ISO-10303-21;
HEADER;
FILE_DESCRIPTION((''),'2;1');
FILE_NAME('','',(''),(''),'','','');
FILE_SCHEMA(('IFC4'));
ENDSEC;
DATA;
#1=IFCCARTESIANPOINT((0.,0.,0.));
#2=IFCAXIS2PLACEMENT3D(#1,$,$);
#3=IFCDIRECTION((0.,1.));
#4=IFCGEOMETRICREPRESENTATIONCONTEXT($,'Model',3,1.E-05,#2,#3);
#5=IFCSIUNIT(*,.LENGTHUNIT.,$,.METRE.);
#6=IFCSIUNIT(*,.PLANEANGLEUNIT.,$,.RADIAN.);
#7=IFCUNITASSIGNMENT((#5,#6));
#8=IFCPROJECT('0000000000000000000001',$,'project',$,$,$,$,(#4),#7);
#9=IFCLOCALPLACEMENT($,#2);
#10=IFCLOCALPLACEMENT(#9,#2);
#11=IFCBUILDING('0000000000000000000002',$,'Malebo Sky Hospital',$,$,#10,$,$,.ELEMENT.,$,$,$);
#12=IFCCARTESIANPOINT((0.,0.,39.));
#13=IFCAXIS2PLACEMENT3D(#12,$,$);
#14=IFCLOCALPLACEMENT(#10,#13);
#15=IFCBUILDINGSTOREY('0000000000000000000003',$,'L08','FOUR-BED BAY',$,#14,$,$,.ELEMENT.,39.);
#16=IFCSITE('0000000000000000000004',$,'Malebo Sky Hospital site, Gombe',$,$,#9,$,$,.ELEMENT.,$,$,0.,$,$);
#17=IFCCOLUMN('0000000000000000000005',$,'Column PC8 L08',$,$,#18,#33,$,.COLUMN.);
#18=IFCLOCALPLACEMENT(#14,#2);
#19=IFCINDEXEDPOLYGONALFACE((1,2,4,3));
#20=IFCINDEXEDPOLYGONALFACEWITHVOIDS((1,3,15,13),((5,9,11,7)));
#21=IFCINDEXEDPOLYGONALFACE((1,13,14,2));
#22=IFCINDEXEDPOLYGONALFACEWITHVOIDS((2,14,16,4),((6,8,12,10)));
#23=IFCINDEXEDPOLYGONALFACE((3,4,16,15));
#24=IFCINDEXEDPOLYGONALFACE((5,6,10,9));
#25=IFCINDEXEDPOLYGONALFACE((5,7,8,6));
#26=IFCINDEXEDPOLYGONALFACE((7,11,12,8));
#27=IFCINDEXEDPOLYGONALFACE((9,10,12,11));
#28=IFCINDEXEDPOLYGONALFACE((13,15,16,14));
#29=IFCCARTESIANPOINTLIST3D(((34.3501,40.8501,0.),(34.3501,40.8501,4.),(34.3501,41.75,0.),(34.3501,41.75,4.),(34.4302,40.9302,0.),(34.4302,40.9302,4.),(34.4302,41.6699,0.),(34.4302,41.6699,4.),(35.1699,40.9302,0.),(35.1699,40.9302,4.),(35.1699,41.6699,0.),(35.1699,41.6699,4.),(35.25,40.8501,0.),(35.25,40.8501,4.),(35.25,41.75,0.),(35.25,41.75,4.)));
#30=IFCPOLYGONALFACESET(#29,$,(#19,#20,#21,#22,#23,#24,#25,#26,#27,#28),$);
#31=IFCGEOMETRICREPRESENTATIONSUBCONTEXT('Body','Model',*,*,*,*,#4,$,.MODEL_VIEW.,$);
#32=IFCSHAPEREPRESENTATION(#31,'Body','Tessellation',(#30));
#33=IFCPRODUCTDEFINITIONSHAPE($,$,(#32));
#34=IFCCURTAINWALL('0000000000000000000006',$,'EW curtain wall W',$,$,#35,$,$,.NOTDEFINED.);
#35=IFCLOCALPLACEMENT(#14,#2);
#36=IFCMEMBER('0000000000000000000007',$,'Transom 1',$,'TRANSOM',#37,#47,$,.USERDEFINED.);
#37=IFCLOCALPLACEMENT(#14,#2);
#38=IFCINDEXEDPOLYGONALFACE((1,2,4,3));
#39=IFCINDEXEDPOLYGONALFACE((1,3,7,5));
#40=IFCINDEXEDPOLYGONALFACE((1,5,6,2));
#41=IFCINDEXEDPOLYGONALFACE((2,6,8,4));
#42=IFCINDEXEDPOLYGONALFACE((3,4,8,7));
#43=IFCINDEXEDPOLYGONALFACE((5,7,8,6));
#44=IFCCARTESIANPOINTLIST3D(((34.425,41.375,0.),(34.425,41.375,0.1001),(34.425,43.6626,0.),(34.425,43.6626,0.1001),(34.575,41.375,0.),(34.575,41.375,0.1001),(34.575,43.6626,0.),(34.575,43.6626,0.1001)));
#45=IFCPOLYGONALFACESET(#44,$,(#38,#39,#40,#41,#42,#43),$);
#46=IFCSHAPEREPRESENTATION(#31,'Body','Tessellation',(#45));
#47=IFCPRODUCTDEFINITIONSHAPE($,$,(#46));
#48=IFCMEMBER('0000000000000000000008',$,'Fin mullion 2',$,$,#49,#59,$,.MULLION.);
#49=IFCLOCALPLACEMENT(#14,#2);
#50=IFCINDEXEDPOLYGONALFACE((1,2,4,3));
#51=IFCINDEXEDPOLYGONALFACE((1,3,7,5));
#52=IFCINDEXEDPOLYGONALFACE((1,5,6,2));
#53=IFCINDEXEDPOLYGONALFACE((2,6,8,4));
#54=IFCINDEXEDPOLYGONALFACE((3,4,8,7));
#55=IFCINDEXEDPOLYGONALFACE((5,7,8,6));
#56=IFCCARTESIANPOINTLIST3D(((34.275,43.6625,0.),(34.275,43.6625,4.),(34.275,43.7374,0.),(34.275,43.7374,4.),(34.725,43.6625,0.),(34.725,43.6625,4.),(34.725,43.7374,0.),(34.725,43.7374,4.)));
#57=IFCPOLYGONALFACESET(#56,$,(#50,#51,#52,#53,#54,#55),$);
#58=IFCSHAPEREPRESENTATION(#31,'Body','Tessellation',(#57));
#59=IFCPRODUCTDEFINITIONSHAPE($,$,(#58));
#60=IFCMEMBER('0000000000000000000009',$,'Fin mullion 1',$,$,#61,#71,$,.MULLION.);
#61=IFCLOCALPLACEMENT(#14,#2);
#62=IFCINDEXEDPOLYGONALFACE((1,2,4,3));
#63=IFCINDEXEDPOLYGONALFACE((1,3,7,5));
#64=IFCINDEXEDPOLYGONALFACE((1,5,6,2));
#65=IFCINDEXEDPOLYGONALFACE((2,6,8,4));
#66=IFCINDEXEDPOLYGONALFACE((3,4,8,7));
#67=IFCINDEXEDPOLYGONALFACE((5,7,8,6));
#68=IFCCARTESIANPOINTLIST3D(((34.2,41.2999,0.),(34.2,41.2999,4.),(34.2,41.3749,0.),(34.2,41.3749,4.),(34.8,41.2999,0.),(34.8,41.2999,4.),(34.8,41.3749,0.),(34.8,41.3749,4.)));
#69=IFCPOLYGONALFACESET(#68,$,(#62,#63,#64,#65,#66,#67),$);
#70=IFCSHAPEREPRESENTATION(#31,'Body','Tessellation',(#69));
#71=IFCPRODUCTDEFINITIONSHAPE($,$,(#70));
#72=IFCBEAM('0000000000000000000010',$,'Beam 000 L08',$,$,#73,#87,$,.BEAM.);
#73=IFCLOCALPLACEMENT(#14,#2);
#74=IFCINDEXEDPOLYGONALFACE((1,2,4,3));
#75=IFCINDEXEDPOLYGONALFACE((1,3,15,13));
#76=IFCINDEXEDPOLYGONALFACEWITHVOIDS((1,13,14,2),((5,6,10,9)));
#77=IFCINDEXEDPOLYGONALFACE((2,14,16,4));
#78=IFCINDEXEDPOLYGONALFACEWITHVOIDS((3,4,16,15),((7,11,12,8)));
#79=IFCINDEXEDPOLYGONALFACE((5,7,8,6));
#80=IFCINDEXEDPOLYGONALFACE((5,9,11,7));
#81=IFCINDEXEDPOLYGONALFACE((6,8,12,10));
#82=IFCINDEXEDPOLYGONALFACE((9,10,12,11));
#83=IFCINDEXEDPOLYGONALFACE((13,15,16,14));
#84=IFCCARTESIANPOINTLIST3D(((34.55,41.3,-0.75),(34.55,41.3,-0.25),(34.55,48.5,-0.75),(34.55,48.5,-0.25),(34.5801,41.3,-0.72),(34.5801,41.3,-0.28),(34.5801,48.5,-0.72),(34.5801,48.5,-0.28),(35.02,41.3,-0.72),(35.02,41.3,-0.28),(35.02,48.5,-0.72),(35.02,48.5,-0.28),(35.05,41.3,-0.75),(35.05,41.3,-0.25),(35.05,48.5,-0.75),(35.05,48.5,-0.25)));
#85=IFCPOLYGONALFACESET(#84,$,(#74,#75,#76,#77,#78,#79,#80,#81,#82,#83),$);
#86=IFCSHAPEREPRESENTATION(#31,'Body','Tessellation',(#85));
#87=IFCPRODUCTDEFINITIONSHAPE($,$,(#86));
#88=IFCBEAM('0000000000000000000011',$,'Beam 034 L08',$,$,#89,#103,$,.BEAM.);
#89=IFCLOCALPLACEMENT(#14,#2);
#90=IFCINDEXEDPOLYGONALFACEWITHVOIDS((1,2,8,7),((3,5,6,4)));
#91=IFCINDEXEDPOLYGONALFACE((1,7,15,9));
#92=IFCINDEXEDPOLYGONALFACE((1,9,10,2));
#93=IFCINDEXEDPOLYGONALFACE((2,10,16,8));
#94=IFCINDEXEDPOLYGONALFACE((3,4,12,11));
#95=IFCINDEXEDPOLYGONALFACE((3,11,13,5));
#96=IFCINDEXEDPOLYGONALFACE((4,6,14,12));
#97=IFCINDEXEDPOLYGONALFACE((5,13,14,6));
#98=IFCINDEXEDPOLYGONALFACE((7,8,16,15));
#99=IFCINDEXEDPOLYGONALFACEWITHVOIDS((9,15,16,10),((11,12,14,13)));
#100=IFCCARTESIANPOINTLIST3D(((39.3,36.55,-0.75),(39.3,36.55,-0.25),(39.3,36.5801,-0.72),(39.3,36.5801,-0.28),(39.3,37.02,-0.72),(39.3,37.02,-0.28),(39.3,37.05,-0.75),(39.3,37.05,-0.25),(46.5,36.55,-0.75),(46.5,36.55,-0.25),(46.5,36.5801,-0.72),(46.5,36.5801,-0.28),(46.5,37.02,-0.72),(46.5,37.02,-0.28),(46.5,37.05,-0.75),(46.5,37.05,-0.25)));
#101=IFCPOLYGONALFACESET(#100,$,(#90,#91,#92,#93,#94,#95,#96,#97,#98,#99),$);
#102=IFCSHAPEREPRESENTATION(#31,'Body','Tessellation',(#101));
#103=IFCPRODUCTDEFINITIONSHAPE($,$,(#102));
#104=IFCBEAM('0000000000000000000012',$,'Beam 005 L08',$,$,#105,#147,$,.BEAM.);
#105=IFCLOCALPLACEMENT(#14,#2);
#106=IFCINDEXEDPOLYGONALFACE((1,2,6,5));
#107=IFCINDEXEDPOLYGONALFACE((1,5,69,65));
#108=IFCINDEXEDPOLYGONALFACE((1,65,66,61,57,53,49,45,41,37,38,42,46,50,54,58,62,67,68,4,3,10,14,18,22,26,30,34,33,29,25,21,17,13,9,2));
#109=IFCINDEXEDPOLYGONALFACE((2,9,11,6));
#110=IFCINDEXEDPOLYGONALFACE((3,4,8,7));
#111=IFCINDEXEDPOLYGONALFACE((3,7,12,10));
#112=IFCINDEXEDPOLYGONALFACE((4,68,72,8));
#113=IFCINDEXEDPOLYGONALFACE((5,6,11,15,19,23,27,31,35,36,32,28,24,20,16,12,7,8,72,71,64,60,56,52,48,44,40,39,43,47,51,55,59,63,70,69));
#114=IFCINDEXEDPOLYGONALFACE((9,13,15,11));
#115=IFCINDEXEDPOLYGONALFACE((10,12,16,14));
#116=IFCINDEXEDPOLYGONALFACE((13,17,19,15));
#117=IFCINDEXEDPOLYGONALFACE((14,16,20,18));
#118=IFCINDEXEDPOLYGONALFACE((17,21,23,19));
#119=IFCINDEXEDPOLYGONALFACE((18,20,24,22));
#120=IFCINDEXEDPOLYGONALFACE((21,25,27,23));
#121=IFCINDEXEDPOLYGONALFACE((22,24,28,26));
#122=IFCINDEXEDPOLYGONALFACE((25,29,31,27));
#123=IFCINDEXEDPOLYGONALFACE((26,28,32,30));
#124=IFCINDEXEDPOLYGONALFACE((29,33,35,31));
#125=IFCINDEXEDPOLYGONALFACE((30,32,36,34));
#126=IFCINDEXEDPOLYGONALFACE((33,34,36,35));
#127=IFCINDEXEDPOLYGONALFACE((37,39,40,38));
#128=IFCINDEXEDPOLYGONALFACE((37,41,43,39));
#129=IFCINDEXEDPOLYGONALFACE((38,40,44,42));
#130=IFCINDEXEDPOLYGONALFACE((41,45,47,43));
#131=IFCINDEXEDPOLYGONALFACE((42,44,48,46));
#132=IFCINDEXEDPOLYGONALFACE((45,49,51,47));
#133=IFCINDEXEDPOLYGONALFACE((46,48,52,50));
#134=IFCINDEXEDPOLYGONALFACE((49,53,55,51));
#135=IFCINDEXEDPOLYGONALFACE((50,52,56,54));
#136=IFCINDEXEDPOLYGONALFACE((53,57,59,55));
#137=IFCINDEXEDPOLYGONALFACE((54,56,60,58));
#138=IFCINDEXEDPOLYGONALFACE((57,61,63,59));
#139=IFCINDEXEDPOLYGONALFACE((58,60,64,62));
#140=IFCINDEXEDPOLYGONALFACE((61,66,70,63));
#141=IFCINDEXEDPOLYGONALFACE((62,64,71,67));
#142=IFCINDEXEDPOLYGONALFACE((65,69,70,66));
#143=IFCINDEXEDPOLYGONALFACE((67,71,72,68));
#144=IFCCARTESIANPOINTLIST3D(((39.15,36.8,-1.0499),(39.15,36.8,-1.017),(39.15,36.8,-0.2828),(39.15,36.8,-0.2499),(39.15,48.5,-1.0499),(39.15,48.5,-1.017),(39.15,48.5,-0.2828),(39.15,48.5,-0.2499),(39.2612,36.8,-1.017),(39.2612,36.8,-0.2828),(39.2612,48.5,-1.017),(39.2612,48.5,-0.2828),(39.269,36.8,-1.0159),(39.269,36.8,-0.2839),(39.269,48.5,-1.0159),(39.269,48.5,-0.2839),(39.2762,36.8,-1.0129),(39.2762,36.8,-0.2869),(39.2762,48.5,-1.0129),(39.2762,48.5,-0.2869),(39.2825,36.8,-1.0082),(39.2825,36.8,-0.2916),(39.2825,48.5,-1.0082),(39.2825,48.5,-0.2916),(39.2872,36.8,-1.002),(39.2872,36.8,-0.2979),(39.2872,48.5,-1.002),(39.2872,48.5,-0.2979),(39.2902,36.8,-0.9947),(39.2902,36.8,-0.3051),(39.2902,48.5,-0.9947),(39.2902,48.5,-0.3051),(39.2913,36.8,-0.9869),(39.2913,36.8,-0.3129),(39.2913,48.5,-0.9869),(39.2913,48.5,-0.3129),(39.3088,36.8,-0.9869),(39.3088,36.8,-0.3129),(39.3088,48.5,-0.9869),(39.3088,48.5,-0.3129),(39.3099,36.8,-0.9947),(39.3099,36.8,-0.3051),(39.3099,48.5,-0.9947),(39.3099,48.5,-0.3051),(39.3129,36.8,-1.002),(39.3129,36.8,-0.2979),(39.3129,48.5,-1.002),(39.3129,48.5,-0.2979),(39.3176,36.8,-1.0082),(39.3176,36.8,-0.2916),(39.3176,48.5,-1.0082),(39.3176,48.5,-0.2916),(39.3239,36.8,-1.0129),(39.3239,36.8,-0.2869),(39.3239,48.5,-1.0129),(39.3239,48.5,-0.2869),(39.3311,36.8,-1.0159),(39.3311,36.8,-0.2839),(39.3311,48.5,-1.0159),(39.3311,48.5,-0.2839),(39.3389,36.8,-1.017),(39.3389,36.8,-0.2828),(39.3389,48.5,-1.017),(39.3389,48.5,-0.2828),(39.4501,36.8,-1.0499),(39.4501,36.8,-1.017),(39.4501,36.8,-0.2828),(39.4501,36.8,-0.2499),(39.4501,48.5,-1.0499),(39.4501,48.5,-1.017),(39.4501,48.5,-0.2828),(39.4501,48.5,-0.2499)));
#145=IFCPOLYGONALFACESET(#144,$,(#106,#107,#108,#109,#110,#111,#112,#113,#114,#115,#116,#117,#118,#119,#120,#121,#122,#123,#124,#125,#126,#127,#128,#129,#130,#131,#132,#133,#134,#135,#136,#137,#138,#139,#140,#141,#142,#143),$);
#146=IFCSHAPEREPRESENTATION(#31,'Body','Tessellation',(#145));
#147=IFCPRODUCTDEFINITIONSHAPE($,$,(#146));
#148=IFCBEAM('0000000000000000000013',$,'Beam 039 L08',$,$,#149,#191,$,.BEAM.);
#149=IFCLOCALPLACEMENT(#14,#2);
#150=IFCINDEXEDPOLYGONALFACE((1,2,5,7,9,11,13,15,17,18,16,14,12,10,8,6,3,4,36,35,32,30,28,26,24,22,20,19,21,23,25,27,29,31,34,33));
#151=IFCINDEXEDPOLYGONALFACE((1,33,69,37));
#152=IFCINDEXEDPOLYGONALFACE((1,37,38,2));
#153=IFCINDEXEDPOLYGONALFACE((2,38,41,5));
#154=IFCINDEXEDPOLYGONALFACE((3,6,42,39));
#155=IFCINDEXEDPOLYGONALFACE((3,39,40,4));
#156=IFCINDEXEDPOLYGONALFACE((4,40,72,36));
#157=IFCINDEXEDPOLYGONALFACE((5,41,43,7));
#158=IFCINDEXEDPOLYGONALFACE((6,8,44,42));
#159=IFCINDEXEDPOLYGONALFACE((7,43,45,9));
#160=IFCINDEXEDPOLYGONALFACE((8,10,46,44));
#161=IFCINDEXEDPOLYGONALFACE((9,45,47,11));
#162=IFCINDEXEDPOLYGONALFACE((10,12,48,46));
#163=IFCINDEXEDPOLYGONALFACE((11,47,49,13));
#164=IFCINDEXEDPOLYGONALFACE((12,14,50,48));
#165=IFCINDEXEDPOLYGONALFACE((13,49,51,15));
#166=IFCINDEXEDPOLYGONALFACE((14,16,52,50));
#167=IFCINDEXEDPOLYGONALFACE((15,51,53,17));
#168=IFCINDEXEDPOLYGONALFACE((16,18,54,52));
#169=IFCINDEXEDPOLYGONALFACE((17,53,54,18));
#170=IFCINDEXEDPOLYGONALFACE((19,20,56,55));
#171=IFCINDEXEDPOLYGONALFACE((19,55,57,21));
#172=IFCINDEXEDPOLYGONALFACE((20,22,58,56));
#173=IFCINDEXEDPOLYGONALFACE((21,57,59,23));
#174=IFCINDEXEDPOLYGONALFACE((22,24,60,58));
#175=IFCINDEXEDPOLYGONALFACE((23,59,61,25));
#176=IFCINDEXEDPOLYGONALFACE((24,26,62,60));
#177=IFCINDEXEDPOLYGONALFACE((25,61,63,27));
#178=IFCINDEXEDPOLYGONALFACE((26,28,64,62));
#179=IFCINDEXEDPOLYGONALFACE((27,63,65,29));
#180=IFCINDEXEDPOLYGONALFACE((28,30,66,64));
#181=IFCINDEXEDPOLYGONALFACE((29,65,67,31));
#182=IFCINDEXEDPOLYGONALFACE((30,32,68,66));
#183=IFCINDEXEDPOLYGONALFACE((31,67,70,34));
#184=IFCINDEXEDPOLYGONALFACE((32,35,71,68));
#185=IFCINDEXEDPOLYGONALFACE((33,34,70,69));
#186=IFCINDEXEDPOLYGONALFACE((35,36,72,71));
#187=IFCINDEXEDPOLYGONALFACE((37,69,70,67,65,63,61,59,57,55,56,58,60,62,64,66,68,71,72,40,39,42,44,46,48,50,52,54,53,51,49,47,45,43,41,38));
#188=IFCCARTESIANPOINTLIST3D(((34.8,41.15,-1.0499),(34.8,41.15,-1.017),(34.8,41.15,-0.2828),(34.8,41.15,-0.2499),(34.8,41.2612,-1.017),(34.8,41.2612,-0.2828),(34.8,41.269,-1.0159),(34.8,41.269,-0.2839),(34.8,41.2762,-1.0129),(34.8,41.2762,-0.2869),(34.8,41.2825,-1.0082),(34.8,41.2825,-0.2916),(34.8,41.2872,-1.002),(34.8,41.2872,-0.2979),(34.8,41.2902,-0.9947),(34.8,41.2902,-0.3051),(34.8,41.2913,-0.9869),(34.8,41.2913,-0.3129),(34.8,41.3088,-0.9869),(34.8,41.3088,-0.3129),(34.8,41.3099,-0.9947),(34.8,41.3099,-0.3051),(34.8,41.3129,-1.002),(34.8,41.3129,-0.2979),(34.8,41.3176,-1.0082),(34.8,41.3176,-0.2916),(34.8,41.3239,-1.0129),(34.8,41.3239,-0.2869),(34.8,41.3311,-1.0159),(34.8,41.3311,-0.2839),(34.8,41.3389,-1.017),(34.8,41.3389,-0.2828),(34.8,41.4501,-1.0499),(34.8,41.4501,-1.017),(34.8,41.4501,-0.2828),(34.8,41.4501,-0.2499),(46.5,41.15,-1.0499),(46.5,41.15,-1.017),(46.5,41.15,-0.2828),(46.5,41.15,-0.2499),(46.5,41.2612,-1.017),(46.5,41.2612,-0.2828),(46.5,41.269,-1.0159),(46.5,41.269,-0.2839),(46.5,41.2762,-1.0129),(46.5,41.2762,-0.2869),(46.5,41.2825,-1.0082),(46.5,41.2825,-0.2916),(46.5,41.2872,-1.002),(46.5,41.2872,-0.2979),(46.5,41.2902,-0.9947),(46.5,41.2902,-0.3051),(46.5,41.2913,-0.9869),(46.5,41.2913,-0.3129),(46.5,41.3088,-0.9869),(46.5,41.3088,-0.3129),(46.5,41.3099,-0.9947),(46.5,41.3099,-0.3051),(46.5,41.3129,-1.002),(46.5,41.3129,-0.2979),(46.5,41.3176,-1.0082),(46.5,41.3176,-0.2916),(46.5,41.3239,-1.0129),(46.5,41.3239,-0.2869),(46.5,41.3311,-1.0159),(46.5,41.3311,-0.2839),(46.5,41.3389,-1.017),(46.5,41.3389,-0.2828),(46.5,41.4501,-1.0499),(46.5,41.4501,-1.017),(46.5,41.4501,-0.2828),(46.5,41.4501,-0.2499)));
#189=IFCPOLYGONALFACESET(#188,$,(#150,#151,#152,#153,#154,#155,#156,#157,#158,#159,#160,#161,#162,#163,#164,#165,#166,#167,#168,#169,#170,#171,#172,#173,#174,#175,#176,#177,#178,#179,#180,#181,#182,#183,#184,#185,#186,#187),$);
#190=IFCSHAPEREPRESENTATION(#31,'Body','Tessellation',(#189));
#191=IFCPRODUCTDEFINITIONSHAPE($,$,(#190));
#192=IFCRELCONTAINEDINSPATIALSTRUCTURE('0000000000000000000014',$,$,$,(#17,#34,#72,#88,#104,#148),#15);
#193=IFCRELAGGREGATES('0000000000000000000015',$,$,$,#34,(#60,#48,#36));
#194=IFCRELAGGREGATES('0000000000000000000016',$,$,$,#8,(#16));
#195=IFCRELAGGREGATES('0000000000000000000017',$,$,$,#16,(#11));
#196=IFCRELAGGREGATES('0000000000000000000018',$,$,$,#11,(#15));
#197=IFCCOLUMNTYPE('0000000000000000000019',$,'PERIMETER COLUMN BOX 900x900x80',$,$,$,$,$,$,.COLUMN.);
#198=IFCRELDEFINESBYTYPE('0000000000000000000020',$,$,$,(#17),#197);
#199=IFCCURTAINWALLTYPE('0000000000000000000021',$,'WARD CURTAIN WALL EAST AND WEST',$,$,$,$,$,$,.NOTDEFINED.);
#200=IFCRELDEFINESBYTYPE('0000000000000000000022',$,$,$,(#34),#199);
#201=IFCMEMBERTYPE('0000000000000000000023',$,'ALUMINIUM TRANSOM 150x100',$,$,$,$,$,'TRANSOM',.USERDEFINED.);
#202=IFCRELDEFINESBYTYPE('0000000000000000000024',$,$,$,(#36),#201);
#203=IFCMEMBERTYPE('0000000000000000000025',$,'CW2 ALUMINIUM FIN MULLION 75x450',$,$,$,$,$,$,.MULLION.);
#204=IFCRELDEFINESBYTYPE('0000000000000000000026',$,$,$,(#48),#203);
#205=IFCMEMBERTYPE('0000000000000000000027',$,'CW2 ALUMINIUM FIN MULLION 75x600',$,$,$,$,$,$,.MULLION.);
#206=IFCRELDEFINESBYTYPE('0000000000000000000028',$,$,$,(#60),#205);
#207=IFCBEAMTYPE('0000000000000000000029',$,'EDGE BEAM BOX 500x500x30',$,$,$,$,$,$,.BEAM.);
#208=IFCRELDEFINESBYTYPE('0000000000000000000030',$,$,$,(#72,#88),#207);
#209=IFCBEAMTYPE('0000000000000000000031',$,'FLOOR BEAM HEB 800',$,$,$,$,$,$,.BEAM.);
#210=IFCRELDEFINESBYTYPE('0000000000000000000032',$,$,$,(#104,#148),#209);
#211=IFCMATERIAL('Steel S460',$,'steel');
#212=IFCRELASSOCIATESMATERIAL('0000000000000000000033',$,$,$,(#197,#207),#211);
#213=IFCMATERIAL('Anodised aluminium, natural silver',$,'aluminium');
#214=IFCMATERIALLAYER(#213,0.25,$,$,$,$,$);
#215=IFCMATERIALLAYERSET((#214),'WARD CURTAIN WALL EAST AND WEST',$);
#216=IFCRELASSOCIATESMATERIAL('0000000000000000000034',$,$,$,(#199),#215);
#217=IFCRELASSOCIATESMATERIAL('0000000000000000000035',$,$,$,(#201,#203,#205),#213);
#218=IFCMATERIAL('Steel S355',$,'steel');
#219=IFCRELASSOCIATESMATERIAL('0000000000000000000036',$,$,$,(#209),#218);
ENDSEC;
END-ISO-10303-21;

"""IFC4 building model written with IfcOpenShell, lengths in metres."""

from ifc_helpers import new_model, si_unit, direction, frame, origin, origin_2d, place, context, subcontext, project, spatial, rectangle, hollow_rectangle, i_section, extrude, material, layer, layer_set, material_profile, profile_set, type_object, element, aggregate, save


model = new_model("IFC4")

# Units and contexts
model_context = context("Model", 3, precision=1e-05, world=origin(), true_north=direction((0.0, 1.0)))
body_context = subcontext(model_context, "Body", "Model", "MODEL_VIEW")
ifc_project = project(units=[si_unit("LENGTHUNIT", "METRE"), si_unit("PLANEANGLEUNIT", "RADIAN")], contexts=[model_context])

# Site, building, storey
site_placement = place(None, origin())
site = spatial("IfcSite", under=ifc_project, at=site_placement, Name="Malebo Sky Hospital site, Gombe", CompositionType="ELEMENT", RefElevation=0.0)
building_placement = place(site_placement, origin())
building = spatial("IfcBuilding", under=site, at=building_placement, Name="Malebo Sky Hospital", CompositionType="ELEMENT")
storey_placement = place(building_placement, frame((0.0, 0.0, 39.0)))
storey = spatial("IfcBuildingStorey", under=building, at=storey_placement, Name="L08", Description="FOUR-BED BAY", CompositionType="ELEMENT", Elevation=39.0)

# Column
ifc_material_1 = material(Name="Steel S460", Category="steel")
ifc_material_profile_1 = material_profile(ifc_material_1, hollow_rectangle(XDim=0.8999, YDim=0.8999, WallThickness=0.0801, at=origin_2d()), Name="BOX 900x900x80")
ifc_profile_set_1 = profile_set([ifc_material_profile_1], Name="Steel S460")
column_type = type_object("IfcColumnType", Name="PERIMETER COLUMN BOX 900x900x80", PredefinedType="COLUMN", material=ifc_profile_set_1)
column_placement = place(storey_placement, frame((34.8, 41.3, 0.0), z_axis=(0.0, 0.0, 1.0), x_axis=(1.0, 0.0, 0.0)))
element("IfcColumn", 1, at=column_placement, inside=storey, type_object=column_type, Name="Column PC8 L08", PredefinedType="COLUMN", context=body_context, shape_type="SweptSolid", body=[
    extrude(hollow_rectangle(XDim=0.8999, YDim=0.8999, WallThickness=0.0801, at=origin_2d()), origin(), (0.0, 0.0, 1.0), 4.0),
])

# Curtain wall, members
ifc_material_2 = material(Name="Anodised aluminium, natural silver", Category="aluminium")
ifc_layer_1 = layer(ifc_material_2, 0.25)
ifc_layer_set_1 = layer_set([ifc_layer_1], Name="WARD CURTAIN WALL EAST AND WEST")
curtain_wall_type = type_object("IfcCurtainWallType", Name="WARD CURTAIN WALL EAST AND WEST", PredefinedType="NOTDEFINED", material=ifc_layer_set_1)
curtain_wall_placement = place(storey_placement, origin())
curtain_wall = element("IfcCurtainWall", 2, at=curtain_wall_placement, inside=storey, type_object=curtain_wall_type, Name="EW curtain wall W", PredefinedType="NOTDEFINED")
ifc_material_profile_2 = material_profile(ifc_material_2, rectangle(XDim=0.1499, YDim=0.1001, at=origin_2d()), Name="ALUMINIUM TRANSOM 150x100")
ifc_profile_set_2 = profile_set([ifc_material_profile_2], Name="Anodised aluminium, natural silver")
member_type_1 = type_object("IfcMemberType", Name="ALUMINIUM TRANSOM 150x100", ElementType="TRANSOM", PredefinedType="USERDEFINED", material=ifc_profile_set_2)
member_1_placement = place(storey_placement, frame((34.5, 41.375, 0.05), z_axis=(0.0, 1.0, 0.0), x_axis=(-1.0, 0.0, 0.0)))
member_1 = element("IfcMember", 3, at=member_1_placement, type_object=member_type_1, Name="Transom 1", ObjectType="TRANSOM", PredefinedType="USERDEFINED", context=body_context, shape_type="SweptSolid", body=[
    extrude(rectangle(XDim=0.1499, YDim=0.1001, at=origin_2d()), origin(), (0.0, 0.0, 1.0), 2.2876),
])
ifc_material_profile_3 = material_profile(ifc_material_2, rectangle(XDim=0.075, YDim=0.45, at=origin_2d()), Name="CW2 ALUMINIUM FIN MULLION 75x450")
ifc_profile_set_3 = profile_set([ifc_material_profile_3], Name="Anodised aluminium, natural silver")
member_type_2 = type_object("IfcMemberType", Name="CW2 ALUMINIUM FIN MULLION 75x450", PredefinedType="MULLION", material=ifc_profile_set_3)
member_2_placement = place(storey_placement, frame((34.5, 43.7, 0.0), z_axis=(0.0, 0.0, 1.0), x_axis=(0.0, 1.0, 0.0)))
member_2 = element("IfcMember", 4, at=member_2_placement, type_object=member_type_2, Name="Fin mullion 2", PredefinedType="MULLION", context=body_context, shape_type="SweptSolid", body=[
    extrude(rectangle(XDim=0.075, YDim=0.45, at=origin_2d()), origin(), (0.0, 0.0, 1.0), 4.0),
])
ifc_material_profile_4 = material_profile(ifc_material_2, rectangle(XDim=0.075, YDim=0.6001, at=origin_2d()), Name="CW2 ALUMINIUM FIN MULLION 75x600")
ifc_profile_set_4 = profile_set([ifc_material_profile_4], Name="Anodised aluminium, natural silver")
member_type_3 = type_object("IfcMemberType", Name="CW2 ALUMINIUM FIN MULLION 75x600", PredefinedType="MULLION", material=ifc_profile_set_4)
member_3_placement = place(storey_placement, frame((34.5, 41.3374, 0.0), z_axis=(0.0, 0.0, 1.0), x_axis=(0.0, 1.0, 0.0)))
member_3 = element("IfcMember", 5, at=member_3_placement, type_object=member_type_3, Name="Fin mullion 1", PredefinedType="MULLION", context=body_context, shape_type="SweptSolid", body=[
    extrude(rectangle(XDim=0.075, YDim=0.6001, at=origin_2d()), origin(), (0.0, 0.0, 1.0), 4.0),
])

# Beams
ifc_material_profile_5 = material_profile(ifc_material_1, hollow_rectangle(XDim=0.5, YDim=0.5, WallThickness=0.03, at=origin_2d()), Name="BOX 500x500x30")
ifc_profile_set_5 = profile_set([ifc_material_profile_5], Name="Steel S460")
beam_type_1 = type_object("IfcBeamType", Name="EDGE BEAM BOX 500x500x30", PredefinedType="BEAM", material=ifc_profile_set_5)
for number, where, z_axis, x_axis, name in (
    (6, (34.8, 41.3, -0.5), (0.0, 1.0, 0.0), (-1.0, 0.0, 0.0), "Beam 000 L08"),
    (7, (39.3, 36.8, -0.5), (1.0, 0.0, 0.0), (0.0, 1.0, 0.0), "Beam 034 L08"),
):
    element("IfcBeam", number, at=place(storey_placement, frame(where, z_axis=z_axis, x_axis=x_axis)), inside=storey, type_object=beam_type_1, Name=name, PredefinedType="BEAM", context=body_context, shape_type="SweptSolid", body=[
        extrude(hollow_rectangle(XDim=0.5, YDim=0.5, WallThickness=0.03, at=origin_2d()), origin(), (0.0, 0.0, 1.0), 7.2),
    ])
ifc_material_3 = material(Name="Steel S355", Category="steel")
ifc_material_profile_6 = material_profile(ifc_material_3, i_section(OverallWidth=0.3, OverallDepth=0.8, WebThickness=0.0176, FlangeThickness=0.033, FilletRadius=0.03, at=origin_2d()), Name="HEB 800")
ifc_profile_set_6 = profile_set([ifc_material_profile_6], Name="Steel S355")
beam_type_2 = type_object("IfcBeamType", Name="FLOOR BEAM HEB 800", PredefinedType="BEAM", material=ifc_profile_set_6)
for number, where, z_axis, x_axis, name in (
    (8, (39.3, 36.8, -0.6499), (0.0, 1.0, 0.0), (-1.0, 0.0, 0.0), "Beam 005 L08"),
    (9, (34.8, 41.3, -0.6499), (1.0, 0.0, 0.0), (0.0, 1.0, 0.0), "Beam 039 L08"),
):
    element("IfcBeam", number, at=place(storey_placement, frame(where, z_axis=z_axis, x_axis=x_axis)), inside=storey, type_object=beam_type_2, Name=name, PredefinedType="BEAM", context=body_context, shape_type="SweptSolid", body=[
        extrude(i_section(OverallWidth=0.3, OverallDepth=0.8, WebThickness=0.0176, FlangeThickness=0.033, FilletRadius=0.03, at=origin_2d()), origin(), (0.0, 0.0, 1.0), 11.7),
    ])

aggregate(curtain_wall, [member_3, member_2, member_1])

save(model, "model.ifc")
